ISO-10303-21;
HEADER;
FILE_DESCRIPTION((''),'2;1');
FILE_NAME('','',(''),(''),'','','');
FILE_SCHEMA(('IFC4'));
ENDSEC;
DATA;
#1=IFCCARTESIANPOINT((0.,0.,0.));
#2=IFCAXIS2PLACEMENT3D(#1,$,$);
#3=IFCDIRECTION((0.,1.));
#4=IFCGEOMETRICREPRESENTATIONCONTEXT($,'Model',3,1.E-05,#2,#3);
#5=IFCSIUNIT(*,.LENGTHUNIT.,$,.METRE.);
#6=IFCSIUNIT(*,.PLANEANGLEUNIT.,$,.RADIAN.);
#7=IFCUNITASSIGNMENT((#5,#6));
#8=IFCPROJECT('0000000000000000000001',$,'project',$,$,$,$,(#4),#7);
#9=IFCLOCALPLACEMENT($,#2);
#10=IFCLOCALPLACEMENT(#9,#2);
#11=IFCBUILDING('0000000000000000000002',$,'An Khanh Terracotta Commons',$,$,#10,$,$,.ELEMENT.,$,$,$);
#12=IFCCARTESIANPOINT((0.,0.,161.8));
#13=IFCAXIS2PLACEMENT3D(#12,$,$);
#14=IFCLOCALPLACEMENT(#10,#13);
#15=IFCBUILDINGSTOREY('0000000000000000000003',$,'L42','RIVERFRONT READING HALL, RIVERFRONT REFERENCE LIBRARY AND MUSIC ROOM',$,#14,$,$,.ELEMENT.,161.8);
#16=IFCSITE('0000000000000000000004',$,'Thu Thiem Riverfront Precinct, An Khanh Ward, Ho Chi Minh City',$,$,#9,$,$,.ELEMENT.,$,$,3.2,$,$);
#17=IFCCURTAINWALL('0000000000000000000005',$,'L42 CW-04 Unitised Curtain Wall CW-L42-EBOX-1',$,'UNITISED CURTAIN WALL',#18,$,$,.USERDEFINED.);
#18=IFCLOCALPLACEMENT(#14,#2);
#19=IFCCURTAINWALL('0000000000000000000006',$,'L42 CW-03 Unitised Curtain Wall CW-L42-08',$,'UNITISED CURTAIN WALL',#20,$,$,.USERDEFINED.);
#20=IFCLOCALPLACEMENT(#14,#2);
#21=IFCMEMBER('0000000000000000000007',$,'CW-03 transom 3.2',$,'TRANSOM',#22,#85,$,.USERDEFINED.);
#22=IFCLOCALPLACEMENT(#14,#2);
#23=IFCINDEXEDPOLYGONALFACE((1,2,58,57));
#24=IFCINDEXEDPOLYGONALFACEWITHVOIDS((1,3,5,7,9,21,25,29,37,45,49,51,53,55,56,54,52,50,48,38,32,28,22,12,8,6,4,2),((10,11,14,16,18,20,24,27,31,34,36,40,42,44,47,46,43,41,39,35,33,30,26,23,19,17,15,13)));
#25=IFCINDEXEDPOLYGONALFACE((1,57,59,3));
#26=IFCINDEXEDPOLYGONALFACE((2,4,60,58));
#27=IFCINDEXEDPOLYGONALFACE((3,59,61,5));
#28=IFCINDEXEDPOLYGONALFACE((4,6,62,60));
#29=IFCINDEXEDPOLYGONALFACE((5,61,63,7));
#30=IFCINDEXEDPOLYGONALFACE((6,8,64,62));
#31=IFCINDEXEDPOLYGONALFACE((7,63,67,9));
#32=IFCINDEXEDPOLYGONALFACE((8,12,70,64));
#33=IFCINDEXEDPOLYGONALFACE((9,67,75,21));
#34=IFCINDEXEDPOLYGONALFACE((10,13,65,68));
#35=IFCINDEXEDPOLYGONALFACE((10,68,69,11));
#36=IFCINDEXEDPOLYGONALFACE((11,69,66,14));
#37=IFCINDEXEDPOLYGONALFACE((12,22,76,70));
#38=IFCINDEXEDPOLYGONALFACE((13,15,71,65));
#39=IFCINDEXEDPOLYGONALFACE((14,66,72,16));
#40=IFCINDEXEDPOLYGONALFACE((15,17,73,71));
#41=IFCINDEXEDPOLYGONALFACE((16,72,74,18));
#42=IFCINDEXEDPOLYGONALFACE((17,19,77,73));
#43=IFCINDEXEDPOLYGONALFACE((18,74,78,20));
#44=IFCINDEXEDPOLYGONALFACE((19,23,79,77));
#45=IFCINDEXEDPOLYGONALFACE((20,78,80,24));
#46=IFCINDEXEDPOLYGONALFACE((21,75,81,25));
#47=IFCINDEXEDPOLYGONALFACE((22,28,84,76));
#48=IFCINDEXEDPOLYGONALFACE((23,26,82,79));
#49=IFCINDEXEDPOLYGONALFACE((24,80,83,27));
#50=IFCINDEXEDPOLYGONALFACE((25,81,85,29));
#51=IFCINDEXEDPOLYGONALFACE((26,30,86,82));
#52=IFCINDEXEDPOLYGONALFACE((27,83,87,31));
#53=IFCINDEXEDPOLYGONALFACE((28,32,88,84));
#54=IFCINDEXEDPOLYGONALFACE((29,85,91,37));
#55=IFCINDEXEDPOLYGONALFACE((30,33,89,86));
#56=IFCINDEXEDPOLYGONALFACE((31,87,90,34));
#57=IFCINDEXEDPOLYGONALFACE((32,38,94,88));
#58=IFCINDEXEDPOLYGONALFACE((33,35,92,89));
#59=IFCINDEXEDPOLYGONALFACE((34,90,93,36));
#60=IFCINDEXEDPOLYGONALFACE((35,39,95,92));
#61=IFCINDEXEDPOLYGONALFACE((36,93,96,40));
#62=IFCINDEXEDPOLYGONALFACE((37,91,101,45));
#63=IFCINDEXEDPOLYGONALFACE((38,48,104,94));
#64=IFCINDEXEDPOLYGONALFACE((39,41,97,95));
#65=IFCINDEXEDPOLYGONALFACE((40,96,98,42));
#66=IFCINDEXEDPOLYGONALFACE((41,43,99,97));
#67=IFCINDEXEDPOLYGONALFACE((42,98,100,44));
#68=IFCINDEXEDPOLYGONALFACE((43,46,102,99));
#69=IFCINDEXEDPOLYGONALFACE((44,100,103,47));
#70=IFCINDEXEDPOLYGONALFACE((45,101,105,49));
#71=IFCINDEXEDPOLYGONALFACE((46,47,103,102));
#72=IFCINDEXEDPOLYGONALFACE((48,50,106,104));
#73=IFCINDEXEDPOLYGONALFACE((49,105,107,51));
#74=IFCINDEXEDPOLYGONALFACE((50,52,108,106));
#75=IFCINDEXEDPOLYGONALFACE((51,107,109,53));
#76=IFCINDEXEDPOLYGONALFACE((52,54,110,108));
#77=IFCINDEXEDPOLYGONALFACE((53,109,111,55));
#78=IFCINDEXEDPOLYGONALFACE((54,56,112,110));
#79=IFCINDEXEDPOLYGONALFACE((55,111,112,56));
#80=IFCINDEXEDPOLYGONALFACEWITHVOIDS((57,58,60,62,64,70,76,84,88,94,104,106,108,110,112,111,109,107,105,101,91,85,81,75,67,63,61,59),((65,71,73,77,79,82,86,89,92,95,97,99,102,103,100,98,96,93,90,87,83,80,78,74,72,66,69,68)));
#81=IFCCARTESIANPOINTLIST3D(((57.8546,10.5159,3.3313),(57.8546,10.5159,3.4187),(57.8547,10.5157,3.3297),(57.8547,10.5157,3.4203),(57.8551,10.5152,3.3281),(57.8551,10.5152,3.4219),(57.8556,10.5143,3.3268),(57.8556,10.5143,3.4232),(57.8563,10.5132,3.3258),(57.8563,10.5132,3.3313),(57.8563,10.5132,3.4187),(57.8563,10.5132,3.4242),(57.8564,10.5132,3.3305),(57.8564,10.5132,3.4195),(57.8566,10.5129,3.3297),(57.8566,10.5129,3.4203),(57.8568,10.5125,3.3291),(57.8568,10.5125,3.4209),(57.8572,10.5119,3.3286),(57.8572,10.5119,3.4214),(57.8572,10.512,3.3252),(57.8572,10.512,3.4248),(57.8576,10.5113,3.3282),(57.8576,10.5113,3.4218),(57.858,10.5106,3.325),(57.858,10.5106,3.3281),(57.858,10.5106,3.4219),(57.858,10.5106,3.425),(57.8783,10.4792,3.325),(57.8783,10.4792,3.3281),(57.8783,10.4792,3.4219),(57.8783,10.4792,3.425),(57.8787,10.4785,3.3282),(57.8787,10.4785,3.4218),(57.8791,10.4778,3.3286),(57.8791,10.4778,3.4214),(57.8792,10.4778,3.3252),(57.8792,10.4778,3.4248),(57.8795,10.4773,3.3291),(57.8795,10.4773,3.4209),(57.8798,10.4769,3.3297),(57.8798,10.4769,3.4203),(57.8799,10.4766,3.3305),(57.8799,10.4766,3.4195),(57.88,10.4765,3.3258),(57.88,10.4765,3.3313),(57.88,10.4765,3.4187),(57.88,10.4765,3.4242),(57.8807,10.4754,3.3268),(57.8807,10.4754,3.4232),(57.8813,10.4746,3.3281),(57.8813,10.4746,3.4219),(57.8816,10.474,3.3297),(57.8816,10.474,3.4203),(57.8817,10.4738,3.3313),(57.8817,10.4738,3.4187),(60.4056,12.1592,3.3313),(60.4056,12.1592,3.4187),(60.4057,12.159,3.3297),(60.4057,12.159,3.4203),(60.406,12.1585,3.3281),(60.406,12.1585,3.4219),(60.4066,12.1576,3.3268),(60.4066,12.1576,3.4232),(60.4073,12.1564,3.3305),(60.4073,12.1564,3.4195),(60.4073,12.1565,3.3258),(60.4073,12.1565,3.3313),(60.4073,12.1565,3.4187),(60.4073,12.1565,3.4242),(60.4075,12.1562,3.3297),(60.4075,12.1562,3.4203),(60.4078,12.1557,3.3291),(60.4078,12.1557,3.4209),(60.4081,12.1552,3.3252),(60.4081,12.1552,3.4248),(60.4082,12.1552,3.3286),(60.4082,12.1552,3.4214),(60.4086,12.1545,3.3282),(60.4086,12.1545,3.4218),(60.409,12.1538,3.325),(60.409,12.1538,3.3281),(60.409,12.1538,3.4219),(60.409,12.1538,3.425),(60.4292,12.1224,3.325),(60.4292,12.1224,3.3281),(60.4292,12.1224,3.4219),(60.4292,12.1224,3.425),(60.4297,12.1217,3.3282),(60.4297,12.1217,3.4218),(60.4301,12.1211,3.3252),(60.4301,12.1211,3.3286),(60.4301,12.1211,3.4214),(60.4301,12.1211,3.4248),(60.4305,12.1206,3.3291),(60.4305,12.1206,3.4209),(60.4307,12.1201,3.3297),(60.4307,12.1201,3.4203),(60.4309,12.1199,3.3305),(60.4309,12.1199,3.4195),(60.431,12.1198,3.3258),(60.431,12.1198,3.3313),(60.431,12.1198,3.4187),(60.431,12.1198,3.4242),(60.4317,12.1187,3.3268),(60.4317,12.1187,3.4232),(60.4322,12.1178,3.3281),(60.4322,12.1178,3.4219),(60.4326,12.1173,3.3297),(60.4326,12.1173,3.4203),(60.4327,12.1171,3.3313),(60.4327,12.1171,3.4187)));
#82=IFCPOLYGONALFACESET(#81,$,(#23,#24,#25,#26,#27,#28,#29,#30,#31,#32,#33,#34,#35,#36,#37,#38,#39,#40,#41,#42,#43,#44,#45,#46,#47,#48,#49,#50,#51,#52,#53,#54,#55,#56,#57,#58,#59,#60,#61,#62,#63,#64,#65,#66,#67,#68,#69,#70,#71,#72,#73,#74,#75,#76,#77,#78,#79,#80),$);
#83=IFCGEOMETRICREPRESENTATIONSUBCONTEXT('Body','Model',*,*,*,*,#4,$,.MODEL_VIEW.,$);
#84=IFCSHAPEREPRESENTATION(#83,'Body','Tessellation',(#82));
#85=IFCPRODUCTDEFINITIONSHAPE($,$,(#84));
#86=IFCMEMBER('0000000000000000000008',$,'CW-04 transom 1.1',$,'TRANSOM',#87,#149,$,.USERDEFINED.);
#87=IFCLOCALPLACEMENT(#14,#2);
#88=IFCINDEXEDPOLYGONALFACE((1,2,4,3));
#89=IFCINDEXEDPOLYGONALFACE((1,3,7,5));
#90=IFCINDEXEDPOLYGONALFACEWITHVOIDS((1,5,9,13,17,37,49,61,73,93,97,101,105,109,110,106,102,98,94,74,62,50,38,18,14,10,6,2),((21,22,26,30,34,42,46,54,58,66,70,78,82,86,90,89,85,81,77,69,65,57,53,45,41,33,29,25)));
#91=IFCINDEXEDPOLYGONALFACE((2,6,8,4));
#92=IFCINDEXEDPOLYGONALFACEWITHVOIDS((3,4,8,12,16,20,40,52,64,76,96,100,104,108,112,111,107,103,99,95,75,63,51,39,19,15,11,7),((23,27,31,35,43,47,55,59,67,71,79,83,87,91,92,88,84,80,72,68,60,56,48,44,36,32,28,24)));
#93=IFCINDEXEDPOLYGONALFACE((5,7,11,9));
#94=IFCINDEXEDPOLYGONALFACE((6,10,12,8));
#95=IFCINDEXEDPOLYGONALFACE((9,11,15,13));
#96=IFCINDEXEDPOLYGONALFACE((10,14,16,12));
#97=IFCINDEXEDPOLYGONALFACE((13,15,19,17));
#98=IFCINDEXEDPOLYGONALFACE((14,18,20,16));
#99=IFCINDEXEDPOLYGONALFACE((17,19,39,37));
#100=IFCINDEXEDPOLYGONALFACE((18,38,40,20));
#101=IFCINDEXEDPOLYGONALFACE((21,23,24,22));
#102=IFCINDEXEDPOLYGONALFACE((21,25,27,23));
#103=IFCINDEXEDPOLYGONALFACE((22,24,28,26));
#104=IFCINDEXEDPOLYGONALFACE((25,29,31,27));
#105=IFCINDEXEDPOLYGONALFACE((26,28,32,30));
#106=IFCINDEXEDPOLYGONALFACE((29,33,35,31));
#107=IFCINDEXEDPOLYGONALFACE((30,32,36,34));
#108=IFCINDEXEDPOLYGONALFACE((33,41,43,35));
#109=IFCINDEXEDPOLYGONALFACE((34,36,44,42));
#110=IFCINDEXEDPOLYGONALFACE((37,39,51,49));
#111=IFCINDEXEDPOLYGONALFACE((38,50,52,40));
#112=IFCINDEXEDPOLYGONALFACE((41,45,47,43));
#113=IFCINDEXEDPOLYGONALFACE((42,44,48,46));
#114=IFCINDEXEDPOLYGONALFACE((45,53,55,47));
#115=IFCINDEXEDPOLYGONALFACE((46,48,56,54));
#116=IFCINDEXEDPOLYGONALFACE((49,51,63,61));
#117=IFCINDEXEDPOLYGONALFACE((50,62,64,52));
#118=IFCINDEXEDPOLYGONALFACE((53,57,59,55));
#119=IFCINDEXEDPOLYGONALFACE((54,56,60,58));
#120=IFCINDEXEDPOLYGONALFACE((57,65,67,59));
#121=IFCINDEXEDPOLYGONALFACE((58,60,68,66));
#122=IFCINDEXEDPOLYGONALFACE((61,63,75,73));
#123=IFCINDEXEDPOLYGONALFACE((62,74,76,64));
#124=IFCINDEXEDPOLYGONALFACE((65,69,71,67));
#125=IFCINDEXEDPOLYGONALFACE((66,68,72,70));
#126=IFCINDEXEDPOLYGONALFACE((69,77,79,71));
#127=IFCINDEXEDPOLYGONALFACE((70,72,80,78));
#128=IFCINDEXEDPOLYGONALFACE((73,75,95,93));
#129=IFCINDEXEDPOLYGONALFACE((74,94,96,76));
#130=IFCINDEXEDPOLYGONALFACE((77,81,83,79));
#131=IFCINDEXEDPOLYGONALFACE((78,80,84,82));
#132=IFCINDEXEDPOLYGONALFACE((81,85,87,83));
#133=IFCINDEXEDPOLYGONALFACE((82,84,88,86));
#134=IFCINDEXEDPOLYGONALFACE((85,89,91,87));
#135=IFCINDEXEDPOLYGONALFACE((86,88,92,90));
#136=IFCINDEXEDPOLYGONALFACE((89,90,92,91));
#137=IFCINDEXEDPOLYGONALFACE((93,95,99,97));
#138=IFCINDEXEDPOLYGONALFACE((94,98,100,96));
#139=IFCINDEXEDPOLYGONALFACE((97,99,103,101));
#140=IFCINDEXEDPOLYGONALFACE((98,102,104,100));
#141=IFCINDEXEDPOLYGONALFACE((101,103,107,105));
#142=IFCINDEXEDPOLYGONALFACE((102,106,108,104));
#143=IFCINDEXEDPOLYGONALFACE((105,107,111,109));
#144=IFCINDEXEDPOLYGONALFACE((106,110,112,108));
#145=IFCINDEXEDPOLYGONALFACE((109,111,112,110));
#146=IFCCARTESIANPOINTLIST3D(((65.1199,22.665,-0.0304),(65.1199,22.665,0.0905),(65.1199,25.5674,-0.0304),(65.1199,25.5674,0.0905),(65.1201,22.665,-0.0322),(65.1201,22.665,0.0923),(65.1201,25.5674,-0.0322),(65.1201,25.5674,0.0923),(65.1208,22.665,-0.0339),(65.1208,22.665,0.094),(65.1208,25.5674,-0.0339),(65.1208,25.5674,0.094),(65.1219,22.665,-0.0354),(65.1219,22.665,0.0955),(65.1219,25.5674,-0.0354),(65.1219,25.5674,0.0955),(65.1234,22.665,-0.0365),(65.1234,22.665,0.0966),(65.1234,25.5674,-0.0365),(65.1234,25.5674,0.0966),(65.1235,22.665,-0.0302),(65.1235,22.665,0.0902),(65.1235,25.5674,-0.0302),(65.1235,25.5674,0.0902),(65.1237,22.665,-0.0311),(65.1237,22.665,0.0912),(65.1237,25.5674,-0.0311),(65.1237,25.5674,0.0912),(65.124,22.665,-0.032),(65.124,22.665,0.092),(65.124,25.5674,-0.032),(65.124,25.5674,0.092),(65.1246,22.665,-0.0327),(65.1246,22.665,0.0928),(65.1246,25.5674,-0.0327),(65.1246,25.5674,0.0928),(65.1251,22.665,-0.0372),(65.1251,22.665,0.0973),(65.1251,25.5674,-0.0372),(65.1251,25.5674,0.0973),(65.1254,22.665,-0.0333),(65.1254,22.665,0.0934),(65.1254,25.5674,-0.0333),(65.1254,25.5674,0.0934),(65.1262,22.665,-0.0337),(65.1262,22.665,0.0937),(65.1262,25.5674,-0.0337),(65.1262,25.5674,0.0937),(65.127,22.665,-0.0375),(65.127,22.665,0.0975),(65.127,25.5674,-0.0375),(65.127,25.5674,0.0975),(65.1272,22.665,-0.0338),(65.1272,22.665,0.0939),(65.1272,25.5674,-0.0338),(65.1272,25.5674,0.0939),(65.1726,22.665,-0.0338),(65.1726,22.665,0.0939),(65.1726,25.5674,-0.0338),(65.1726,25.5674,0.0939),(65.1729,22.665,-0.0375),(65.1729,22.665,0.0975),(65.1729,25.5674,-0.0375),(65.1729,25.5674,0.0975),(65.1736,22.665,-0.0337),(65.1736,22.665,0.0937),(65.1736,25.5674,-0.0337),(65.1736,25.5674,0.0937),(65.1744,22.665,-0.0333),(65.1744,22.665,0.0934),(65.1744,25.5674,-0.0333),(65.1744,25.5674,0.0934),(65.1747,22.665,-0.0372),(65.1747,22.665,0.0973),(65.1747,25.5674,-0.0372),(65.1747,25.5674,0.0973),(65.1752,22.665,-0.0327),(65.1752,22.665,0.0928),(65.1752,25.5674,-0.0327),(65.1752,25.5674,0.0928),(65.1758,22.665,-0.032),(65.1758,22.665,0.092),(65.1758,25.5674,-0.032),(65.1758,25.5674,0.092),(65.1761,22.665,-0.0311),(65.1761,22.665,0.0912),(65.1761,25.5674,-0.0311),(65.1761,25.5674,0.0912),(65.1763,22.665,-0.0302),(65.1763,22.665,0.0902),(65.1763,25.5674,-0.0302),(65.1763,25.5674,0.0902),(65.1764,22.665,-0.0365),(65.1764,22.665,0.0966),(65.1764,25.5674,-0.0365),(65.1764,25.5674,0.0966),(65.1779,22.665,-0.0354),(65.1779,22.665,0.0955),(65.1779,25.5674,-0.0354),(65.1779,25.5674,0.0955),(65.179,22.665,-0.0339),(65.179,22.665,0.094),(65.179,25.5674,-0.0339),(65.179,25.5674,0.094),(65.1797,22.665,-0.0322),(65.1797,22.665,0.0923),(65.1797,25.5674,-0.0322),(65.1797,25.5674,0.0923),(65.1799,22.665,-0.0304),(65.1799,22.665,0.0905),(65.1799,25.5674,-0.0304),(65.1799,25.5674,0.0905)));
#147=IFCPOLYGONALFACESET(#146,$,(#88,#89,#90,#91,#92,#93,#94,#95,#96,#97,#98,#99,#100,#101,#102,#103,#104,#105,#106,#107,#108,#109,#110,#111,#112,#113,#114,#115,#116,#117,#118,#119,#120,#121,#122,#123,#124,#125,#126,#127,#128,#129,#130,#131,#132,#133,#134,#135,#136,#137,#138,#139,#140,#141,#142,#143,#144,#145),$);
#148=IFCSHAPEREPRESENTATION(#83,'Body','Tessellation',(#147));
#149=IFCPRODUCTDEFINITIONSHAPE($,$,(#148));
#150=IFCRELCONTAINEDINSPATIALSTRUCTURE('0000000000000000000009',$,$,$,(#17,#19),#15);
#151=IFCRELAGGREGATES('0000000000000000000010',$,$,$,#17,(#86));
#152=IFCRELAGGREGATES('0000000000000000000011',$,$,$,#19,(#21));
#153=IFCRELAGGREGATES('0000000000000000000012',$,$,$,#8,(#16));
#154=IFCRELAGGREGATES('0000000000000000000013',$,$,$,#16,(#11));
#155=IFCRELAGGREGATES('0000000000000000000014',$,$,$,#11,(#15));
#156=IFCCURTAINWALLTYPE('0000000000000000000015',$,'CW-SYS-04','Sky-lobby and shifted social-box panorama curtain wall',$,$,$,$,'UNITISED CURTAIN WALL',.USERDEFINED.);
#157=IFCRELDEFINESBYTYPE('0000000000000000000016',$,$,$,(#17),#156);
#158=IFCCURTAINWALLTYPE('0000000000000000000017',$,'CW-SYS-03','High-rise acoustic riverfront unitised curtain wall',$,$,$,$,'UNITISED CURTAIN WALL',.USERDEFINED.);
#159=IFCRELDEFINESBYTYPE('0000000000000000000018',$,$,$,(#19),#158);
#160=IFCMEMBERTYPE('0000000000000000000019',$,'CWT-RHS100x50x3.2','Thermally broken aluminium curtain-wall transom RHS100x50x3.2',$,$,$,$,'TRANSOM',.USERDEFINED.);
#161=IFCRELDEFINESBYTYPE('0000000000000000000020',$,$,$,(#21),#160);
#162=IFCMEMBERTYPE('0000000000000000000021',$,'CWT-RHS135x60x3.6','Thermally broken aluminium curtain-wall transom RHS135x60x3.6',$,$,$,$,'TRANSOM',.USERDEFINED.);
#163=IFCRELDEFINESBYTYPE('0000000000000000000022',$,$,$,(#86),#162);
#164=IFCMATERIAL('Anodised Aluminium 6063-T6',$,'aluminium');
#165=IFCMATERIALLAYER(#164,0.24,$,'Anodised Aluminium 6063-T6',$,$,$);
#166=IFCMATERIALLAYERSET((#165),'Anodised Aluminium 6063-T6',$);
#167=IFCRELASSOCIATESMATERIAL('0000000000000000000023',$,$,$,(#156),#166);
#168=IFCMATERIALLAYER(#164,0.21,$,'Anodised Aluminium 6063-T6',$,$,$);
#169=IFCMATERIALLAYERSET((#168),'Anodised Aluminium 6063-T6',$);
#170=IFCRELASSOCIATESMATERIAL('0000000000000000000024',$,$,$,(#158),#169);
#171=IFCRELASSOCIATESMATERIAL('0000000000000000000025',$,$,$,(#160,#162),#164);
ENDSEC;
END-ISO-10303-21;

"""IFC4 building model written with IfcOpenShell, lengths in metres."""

from ifc_helpers import new_model, si_unit, direction, frame, origin, origin_2d, place, context, subcontext, project, spatial, hollow_rectangle, extrude, material, layer, layer_set, material_profile, profile_set, type_object, element, aggregate, save


model = new_model("IFC4")

# Units and contexts
model_context = context("Model", 3, precision=1e-05, world=origin(), true_north=direction((0.0, 1.0)))
body_context = subcontext(model_context, "Body", "Model", "MODEL_VIEW")
ifc_project = project(units=[si_unit("LENGTHUNIT", "METRE"), si_unit("PLANEANGLEUNIT", "RADIAN")], contexts=[model_context])

# Site, building, storey
site_placement = place(None, origin())
site = spatial("IfcSite", under=ifc_project, at=site_placement, Name="Thu Thiem Riverfront Precinct, An Khanh Ward, Ho Chi Minh City", CompositionType="ELEMENT", RefElevation=3.2)
building_placement = place(site_placement, origin())
building = spatial("IfcBuilding", under=site, at=building_placement, Name="An Khanh Terracotta Commons", CompositionType="ELEMENT")
storey_placement = place(building_placement, frame((0.0, 0.0, 161.8)))
storey = spatial("IfcBuildingStorey", under=building, at=storey_placement, Name="L42", Description="RIVERFRONT READING HALL, RIVERFRONT REFERENCE LIBRARY AND MUSIC ROOM", CompositionType="ELEMENT", Elevation=161.8)

# Curtain wall
ifc_material_1 = material(Name="Anodised Aluminium 6063-T6", Category="aluminium")
ifc_layer_1 = layer(ifc_material_1, 0.24, Name="Anodised Aluminium 6063-T6")
ifc_layer_set_1 = layer_set([ifc_layer_1], Name="Anodised Aluminium 6063-T6")
curtain_wall_type_1 = type_object("IfcCurtainWallType", Name="CW-SYS-04", Description="Sky-lobby and shifted social-box panorama curtain wall", ElementType="UNITISED CURTAIN WALL", PredefinedType="USERDEFINED", material=ifc_layer_set_1)
curtain_wall_1_placement = place(storey_placement, origin())
curtain_wall_1 = element("IfcCurtainWall", 1, at=curtain_wall_1_placement, inside=storey, type_object=curtain_wall_type_1, Name="L42 CW-04 Unitised Curtain Wall CW-L42-EBOX-1", ObjectType="UNITISED CURTAIN WALL", PredefinedType="USERDEFINED")

# Curtain wall, member
ifc_layer_2 = layer(ifc_material_1, 0.21, Name="Anodised Aluminium 6063-T6")
ifc_layer_set_2 = layer_set([ifc_layer_2], Name="Anodised Aluminium 6063-T6")
curtain_wall_type_2 = type_object("IfcCurtainWallType", Name="CW-SYS-03", Description="High-rise acoustic riverfront unitised curtain wall", ElementType="UNITISED CURTAIN WALL", PredefinedType="USERDEFINED", material=ifc_layer_set_2)
curtain_wall_2_placement = place(storey_placement, origin())
curtain_wall_2 = element("IfcCurtainWall", 2, at=curtain_wall_2_placement, inside=storey, type_object=curtain_wall_type_2, Name="L42 CW-03 Unitised Curtain Wall CW-L42-08", ObjectType="UNITISED CURTAIN WALL", PredefinedType="USERDEFINED")
ifc_material_profile_1 = material_profile(ifc_material_1, hollow_rectangle(XDim=0.05, YDim=0.1001, WallThickness=0.0032, InnerFilletRadius=0.0032, OuterFilletRadius=0.0063, at=origin_2d()), Name="RHS100x50x3.2")
ifc_profile_set_1 = profile_set([ifc_material_profile_1], Name="Anodised Aluminium 6063-T6")
member_type_1 = type_object("IfcMemberType", Name="CWT-RHS100x50x3.2", Description="Thermally broken aluminium curtain-wall transom RHS100x50x3.2", ElementType="TRANSOM", PredefinedType="USERDEFINED", material=ifc_profile_set_1)
member_1_placement = place(storey_placement, frame((57.8682, 10.4949, 3.375), z_axis=(0.840674, 0.541542, 0.0), x_axis=(-0.541542, 0.840674, 0.0)))
member_1 = element("IfcMember", 3, at=member_1_placement, type_object=member_type_1, Name="CW-03 transom 3.2", ObjectType="TRANSOM", PredefinedType="USERDEFINED", context=body_context, shape_type="SweptSolid", body=[
    extrude(hollow_rectangle(XDim=0.05, YDim=0.1001, WallThickness=0.0032, InnerFilletRadius=0.0032, OuterFilletRadius=0.0063, at=origin_2d()), origin(), (0.0, 0.0, 1.0), 3.0344),
])

# Member
ifc_material_profile_2 = material_profile(ifc_material_1, hollow_rectangle(XDim=0.0601, YDim=0.135, WallThickness=0.0037, InnerFilletRadius=0.0037, OuterFilletRadius=0.0071, at=origin_2d()), Name="RHS135x60x3.6")
ifc_profile_set_2 = profile_set([ifc_material_profile_2], Name="Anodised Aluminium 6063-T6")
member_type_2 = type_object("IfcMemberType", Name="CWT-RHS135x60x3.6", Description="Thermally broken aluminium curtain-wall transom RHS135x60x3.6", ElementType="TRANSOM", PredefinedType="USERDEFINED", material=ifc_profile_set_2)
member_2_placement = place(storey_placement, frame((65.1499, 22.665, 0.03), z_axis=(0.0, 1.0, 0.0), x_axis=(-1.0, 0.0, 0.0)))
member_2 = element("IfcMember", 4, at=member_2_placement, type_object=member_type_2, Name="CW-04 transom 1.1", ObjectType="TRANSOM", PredefinedType="USERDEFINED", context=body_context, shape_type="SweptSolid", body=[
    extrude(hollow_rectangle(XDim=0.0601, YDim=0.135, WallThickness=0.0037, InnerFilletRadius=0.0037, OuterFilletRadius=0.0071, at=origin_2d()), origin(), (0.0, 0.0, 1.0), 2.9023),
])
aggregate(curtain_wall_1, [member_2])

aggregate(curtain_wall_2, [member_1])

save(model, "model.ifc")
